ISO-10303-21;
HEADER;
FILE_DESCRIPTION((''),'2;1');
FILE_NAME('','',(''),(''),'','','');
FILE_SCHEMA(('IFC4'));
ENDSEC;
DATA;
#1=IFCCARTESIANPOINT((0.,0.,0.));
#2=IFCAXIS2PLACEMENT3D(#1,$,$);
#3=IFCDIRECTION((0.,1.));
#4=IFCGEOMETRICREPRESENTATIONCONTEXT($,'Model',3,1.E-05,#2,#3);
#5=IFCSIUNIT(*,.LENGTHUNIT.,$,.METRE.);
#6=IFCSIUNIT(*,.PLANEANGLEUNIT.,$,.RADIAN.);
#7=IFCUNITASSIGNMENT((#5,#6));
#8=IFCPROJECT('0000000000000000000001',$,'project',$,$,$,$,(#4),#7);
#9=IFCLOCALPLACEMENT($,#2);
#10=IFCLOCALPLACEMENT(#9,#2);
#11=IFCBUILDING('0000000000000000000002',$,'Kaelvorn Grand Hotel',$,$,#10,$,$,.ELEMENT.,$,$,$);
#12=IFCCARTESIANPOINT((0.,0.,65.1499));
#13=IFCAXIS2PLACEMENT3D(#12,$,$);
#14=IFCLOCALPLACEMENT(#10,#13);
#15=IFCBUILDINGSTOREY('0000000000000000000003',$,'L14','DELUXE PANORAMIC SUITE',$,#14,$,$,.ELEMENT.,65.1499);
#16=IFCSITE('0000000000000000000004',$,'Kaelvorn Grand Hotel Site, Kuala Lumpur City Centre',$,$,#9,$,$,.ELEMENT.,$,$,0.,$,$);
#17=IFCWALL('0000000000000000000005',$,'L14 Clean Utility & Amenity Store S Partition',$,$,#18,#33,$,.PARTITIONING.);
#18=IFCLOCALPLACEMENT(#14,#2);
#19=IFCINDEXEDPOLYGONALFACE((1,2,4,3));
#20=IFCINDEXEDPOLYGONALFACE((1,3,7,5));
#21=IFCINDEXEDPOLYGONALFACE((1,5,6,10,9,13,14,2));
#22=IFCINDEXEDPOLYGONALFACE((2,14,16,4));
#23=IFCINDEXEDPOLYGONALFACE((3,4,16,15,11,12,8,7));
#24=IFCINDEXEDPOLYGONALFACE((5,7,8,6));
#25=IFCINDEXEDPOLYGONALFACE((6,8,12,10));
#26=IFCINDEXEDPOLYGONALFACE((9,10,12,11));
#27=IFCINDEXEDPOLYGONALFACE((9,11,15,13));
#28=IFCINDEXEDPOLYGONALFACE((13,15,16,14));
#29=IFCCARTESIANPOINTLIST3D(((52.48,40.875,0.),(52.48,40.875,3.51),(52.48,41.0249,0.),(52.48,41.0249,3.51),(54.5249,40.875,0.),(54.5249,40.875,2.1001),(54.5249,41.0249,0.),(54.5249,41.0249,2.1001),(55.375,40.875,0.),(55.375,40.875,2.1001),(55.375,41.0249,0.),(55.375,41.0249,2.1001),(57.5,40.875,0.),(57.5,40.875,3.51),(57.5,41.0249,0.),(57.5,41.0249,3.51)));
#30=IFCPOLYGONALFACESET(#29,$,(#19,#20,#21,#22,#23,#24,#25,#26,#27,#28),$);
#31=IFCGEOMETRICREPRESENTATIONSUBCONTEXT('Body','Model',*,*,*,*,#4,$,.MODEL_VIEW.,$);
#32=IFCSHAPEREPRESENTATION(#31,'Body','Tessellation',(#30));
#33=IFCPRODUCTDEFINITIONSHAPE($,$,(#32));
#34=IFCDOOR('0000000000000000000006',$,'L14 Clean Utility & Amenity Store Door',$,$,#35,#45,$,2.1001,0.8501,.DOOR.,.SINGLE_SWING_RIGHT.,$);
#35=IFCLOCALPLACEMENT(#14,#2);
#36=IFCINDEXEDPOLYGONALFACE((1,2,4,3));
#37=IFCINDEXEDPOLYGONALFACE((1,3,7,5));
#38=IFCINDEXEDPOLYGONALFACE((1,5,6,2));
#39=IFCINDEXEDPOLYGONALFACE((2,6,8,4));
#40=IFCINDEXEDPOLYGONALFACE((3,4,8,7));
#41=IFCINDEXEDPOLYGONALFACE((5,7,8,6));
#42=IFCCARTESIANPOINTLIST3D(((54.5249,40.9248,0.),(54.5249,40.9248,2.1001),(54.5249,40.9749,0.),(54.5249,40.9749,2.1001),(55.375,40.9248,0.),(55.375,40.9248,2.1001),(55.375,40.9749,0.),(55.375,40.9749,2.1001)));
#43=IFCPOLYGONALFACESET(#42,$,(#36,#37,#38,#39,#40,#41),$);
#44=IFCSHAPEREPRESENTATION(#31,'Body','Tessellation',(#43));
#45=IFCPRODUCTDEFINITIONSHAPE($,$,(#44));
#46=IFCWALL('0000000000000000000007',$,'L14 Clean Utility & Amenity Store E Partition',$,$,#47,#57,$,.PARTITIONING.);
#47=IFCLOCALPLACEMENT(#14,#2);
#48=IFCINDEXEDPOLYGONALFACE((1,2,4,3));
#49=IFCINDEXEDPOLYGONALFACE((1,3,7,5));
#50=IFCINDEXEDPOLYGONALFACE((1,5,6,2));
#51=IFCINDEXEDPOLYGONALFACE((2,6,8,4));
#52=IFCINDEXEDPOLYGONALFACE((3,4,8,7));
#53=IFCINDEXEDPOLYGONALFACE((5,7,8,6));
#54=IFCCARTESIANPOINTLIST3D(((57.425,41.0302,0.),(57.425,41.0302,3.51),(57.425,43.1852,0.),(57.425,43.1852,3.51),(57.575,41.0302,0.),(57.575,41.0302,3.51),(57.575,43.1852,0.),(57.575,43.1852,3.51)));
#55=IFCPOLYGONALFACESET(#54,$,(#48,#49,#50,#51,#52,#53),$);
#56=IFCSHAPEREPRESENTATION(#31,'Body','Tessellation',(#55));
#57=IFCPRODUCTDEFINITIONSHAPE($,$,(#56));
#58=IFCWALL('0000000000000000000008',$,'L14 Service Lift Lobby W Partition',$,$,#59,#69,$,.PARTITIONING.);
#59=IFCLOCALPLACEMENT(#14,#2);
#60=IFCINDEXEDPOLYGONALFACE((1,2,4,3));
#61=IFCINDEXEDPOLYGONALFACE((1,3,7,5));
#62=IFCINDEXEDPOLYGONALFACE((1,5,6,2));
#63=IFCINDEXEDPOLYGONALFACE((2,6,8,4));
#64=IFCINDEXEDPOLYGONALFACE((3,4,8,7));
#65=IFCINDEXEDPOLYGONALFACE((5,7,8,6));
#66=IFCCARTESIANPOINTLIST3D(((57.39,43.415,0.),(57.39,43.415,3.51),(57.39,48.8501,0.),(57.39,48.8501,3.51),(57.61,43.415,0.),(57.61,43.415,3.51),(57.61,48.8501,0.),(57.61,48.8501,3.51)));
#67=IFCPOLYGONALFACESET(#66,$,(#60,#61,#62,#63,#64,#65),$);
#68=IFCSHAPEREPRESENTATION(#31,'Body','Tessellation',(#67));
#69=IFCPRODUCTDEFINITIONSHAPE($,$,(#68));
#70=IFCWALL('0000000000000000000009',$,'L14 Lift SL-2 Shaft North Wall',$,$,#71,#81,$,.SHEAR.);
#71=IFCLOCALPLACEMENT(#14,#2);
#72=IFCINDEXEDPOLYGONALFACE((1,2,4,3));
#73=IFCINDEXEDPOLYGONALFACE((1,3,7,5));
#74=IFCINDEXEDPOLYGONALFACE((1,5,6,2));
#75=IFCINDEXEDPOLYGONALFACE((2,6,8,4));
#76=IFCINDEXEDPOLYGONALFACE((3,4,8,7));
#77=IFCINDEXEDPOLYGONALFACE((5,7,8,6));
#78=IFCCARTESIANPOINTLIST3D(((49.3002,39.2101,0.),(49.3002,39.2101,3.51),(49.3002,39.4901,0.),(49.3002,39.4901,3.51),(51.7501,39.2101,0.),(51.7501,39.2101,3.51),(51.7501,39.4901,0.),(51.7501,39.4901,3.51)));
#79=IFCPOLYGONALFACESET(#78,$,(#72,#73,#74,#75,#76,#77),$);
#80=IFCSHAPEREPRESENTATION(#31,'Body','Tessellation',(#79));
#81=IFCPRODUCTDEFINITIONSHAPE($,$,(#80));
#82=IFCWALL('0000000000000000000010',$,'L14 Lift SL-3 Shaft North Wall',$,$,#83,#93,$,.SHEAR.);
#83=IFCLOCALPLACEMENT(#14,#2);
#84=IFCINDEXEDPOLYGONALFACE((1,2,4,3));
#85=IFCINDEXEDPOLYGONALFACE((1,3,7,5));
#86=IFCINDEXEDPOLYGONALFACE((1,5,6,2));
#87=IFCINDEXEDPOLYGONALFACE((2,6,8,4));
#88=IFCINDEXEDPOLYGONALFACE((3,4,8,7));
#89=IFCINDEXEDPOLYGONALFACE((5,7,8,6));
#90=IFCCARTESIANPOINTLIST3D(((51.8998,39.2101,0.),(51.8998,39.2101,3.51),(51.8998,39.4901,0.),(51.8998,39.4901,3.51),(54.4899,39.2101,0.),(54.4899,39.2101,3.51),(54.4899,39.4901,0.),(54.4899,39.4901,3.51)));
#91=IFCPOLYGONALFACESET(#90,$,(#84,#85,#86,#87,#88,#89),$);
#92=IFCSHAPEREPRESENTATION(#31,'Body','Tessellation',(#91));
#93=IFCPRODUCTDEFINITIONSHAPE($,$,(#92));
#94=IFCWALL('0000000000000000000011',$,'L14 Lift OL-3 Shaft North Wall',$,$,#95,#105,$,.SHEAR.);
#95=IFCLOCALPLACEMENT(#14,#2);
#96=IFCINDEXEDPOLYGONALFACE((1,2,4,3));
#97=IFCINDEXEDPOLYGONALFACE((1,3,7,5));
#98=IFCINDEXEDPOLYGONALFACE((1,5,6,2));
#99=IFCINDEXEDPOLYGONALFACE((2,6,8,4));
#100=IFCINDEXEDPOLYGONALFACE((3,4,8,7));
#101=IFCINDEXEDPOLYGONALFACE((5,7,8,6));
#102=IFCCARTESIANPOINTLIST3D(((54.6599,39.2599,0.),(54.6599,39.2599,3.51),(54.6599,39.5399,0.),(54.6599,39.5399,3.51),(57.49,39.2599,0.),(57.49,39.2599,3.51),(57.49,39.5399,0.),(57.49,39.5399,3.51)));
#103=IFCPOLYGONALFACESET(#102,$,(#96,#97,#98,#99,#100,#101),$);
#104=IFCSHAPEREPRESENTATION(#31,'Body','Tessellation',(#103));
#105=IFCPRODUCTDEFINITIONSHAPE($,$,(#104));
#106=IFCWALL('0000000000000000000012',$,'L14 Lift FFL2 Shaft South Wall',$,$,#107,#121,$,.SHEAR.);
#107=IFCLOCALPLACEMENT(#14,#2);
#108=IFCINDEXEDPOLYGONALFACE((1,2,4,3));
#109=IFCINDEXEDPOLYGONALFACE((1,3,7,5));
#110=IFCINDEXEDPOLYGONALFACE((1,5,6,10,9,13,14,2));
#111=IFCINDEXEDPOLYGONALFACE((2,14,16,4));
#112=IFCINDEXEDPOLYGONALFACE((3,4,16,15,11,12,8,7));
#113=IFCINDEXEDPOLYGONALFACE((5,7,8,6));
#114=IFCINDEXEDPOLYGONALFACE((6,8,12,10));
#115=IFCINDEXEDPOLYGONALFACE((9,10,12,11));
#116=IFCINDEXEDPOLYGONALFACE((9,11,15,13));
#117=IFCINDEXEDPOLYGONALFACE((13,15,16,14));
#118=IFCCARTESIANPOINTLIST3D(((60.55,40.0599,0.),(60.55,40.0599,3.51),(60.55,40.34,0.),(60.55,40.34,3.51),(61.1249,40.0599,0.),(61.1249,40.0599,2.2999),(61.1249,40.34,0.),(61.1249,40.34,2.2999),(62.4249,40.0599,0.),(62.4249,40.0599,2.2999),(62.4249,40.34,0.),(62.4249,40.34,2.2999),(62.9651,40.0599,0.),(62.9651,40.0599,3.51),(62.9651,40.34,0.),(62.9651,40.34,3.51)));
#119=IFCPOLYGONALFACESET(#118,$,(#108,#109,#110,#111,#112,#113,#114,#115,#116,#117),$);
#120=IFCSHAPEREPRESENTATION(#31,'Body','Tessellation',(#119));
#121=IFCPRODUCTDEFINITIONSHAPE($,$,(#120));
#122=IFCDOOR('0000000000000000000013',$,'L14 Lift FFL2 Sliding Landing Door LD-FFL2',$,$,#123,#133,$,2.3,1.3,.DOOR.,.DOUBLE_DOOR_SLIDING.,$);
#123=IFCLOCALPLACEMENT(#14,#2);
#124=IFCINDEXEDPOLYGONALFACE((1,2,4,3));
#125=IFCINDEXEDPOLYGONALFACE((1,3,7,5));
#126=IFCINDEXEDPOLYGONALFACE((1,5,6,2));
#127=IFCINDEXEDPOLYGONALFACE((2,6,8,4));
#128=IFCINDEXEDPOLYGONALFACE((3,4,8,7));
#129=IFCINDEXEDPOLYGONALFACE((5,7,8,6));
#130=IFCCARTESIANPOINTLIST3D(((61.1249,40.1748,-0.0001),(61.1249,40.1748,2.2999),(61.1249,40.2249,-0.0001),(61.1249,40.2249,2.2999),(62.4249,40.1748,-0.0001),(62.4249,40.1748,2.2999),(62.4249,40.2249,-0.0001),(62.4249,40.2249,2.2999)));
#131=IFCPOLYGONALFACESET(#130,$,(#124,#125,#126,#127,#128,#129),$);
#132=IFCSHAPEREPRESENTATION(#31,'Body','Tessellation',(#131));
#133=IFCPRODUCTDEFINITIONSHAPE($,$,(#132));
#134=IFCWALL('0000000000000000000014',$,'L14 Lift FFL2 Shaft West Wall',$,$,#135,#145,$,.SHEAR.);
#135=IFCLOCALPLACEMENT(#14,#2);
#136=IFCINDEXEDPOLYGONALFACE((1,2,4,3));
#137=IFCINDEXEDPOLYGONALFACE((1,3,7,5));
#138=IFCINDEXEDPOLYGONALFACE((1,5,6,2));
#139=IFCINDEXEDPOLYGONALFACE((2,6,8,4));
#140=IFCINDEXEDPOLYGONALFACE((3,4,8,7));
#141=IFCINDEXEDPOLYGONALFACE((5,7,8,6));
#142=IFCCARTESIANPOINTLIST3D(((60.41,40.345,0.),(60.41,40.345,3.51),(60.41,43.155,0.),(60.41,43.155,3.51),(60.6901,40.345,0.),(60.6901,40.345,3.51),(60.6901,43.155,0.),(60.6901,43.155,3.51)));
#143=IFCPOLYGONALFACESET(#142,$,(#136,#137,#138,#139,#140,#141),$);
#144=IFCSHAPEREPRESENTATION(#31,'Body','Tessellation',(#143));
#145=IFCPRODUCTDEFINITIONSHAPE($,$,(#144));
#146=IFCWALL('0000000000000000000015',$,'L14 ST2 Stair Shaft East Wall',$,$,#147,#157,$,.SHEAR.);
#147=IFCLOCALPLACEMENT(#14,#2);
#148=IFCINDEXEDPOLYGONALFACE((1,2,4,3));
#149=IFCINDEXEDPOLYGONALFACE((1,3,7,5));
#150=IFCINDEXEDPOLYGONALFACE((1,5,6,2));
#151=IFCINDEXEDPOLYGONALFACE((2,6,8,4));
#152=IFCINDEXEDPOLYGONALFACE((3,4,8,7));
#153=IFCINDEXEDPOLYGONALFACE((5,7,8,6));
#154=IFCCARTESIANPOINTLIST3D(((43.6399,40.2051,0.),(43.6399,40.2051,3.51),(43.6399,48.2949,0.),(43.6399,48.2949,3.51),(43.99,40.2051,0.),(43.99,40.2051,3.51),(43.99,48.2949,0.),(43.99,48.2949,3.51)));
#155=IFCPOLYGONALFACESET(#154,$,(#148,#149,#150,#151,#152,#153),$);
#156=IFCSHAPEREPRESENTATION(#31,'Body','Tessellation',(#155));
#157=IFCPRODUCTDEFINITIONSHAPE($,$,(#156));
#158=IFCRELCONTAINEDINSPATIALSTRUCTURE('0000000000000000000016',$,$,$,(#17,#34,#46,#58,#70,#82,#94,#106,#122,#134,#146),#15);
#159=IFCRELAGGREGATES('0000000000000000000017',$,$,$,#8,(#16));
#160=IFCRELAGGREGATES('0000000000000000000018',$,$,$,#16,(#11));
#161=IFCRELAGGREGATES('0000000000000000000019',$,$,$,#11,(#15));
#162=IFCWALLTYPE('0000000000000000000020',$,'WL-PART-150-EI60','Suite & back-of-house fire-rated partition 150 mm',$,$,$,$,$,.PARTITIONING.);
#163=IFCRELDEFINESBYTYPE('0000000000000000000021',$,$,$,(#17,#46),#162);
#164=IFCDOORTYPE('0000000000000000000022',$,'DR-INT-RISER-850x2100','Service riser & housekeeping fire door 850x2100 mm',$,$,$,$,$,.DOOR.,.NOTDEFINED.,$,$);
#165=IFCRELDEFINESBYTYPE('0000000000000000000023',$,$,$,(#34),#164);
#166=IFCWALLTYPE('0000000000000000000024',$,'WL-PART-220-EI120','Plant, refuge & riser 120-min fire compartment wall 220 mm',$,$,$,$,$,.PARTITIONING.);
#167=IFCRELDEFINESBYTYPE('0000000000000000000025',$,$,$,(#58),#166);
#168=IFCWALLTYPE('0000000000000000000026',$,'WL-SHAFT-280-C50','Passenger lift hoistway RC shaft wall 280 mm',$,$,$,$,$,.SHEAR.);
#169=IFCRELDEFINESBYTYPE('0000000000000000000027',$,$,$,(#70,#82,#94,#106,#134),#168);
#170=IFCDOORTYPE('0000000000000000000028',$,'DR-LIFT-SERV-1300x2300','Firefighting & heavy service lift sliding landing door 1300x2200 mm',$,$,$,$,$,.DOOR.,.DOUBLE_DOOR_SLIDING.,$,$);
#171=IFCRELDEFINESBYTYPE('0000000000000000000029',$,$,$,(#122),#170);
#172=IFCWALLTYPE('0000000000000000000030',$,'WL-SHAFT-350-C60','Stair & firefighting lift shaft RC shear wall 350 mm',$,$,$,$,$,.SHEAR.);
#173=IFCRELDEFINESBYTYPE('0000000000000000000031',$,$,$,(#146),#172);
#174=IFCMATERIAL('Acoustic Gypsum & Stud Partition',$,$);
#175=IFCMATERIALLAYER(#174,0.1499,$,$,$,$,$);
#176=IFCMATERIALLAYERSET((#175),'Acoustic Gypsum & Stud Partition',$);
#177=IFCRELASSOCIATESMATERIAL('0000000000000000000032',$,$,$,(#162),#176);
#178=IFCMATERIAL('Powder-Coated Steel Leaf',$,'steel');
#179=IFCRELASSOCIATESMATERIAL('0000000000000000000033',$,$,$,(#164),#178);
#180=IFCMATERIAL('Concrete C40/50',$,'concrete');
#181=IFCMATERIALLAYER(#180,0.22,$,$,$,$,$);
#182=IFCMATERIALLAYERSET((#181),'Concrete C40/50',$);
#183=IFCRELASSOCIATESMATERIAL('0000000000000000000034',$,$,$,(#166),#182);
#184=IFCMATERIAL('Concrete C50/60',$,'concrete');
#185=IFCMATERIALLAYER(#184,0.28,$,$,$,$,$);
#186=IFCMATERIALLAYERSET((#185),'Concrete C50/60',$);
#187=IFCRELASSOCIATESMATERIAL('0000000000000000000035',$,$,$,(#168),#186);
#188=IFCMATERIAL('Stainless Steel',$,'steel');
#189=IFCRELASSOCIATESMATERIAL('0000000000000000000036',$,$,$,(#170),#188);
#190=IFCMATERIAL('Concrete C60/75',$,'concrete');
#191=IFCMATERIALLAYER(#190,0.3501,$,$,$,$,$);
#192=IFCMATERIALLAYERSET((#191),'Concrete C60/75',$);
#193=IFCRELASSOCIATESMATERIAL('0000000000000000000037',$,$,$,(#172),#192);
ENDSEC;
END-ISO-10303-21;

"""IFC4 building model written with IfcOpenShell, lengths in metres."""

from ifc_helpers import new_model, si_unit, direction, frame, frame_2d, origin, place, context, subcontext, project, spatial, rectangle, extrude, material, layer, layer_set, type_object, element, fill, save


model = new_model("IFC4")

# Units and contexts
model_context = context("Model", 3, precision=1e-05, world=origin(), true_north=direction((0.0, 1.0)))
body_context = subcontext(model_context, "Body", "Model", "MODEL_VIEW")
ifc_project = project(units=[si_unit("LENGTHUNIT", "METRE"), si_unit("PLANEANGLEUNIT", "RADIAN")], contexts=[model_context])

# Site, building, storey
site_placement = place(None, origin())
site = spatial("IfcSite", under=ifc_project, at=site_placement, Name="Kaelvorn Grand Hotel Site, Kuala Lumpur City Centre", CompositionType="ELEMENT", RefElevation=0.0)
building_placement = place(site_placement, origin())
building = spatial("IfcBuilding", under=site, at=building_placement, Name="Kaelvorn Grand Hotel", CompositionType="ELEMENT")
storey_placement = place(building_placement, frame((0.0, 0.0, 65.1499)))
storey = spatial("IfcBuildingStorey", under=building, at=storey_placement, Name="L14", Description="DELUXE PANORAMIC SUITE", CompositionType="ELEMENT", Elevation=65.1499)

# Shared definitions
ifc_material_1 = material(Name="Concrete C60/75", Category="concrete")

# Shared definitions
ifc_material_2 = material(Name="Acoustic Gypsum & Stud Partition")
ifc_layer_1 = layer(ifc_material_2, 0.1499)
ifc_layer_set_1 = layer_set([ifc_layer_1], Name="Acoustic Gypsum & Stud Partition")
wall_type_1 = type_object("IfcWallType", Name="WL-PART-150-EI60", Description="Suite & back-of-house fire-rated partition 150 mm", PredefinedType="PARTITIONING", material=ifc_layer_set_1)
ifc_material_3 = material(Name="Powder-Coated Steel Leaf", Category="steel")
door_type_1 = type_object("IfcDoorType", Name="DR-INT-RISER-850x2100", Description="Service riser & housekeeping fire door 850x2100 mm", OperationType="NOTDEFINED", PredefinedType="DOOR", material=ifc_material_3)

# Wall, opening, door
wall_1_placement = place(storey_placement, frame((52.48, 40.95, 0.0), z_axis=(0.0, 0.0, 1.0), x_axis=(1.0, 0.0, 0.0)))
wall_1 = element("IfcWall", 1, at=wall_1_placement, inside=storey, type_object=wall_type_1, Name="L14 Clean Utility & Amenity Store S Partition", PredefinedType="PARTITIONING", context=body_context, shape_type="SweptSolid", body=[
    extrude(rectangle(XDim=5.02, YDim=0.1499, at=frame_2d((2.51, 0.0))), origin(), (0.0, 0.0, 1.0), 3.51),
])
opening_1_placement = place(wall_1_placement, frame((2.0449, 0.0, 0.0)))
opening_1 = element("IfcOpeningElement", 2, at=opening_1_placement, cuts=wall_1, PredefinedType="OPENING", context=body_context, shape_type="SweptSolid", body=[
    extrude(rectangle(XDim=0.8501, YDim=2.1001, at=frame_2d((0.425, 1.05))), frame((0.0, 0.085, 0.0), z_axis=(0.0, -1.0, 0.0), x_axis=(1.0, 0.0, 0.0)), (0.0, 0.0, 1.0), 0.1699),
])
door_1_placement = place(opening_1_placement, origin())
door_1 = element("IfcDoor", 3, at=door_1_placement, inside=storey, type_object=door_type_1, Name="L14 Clean Utility & Amenity Store Door", OperationType="SINGLE_SWING_RIGHT", OverallHeight=2.1001, OverallWidth=0.8501, PredefinedType="DOOR", context=body_context, shape_type="SweptSolid", body=[
    extrude(rectangle(XDim=0.8501, YDim=2.1001, at=frame_2d((0.425, 1.05))), frame((0.0, 0.0249, 0.0), z_axis=(0.0, -1.0, 0.0), x_axis=(1.0, 0.0, 0.0)), (0.0, 0.0, 1.0), 0.05),
])
fill(opening_1, door_1)

# Wall
wall_2_placement = place(storey_placement, frame((57.5, 41.03, 0.0), z_axis=(0.0, 0.0, 1.0), x_axis=(0.0, 1.0, 0.0)))
element("IfcWall", 4, at=wall_2_placement, inside=storey, type_object=wall_type_1, Name="L14 Clean Utility & Amenity Store E Partition", PredefinedType="PARTITIONING", context=body_context, shape_type="SweptSolid", body=[
    extrude(rectangle(XDim=2.155, YDim=0.1499, at=frame_2d((1.0776, 0.0))), origin(), (0.0, 0.0, 1.0), 3.51),
])

# Shared definitions
ifc_material_4 = material(Name="Concrete C40/50", Category="concrete")
ifc_layer_2 = layer(ifc_material_4, 0.22)
ifc_layer_set_2 = layer_set([ifc_layer_2], Name="Concrete C40/50")
wall_type_2 = type_object("IfcWallType", Name="WL-PART-220-EI120", Description="Plant, refuge & riser 120-min fire compartment wall 220 mm", PredefinedType="PARTITIONING", material=ifc_layer_set_2)

# Walls
wall_3_placement = place(storey_placement, frame((57.5, 43.415, 0.0), z_axis=(0.0, 0.0, 1.0), x_axis=(0.0, 1.0, 0.0)))
element("IfcWall", 5, at=wall_3_placement, inside=storey, type_object=wall_type_2, Name="L14 Service Lift Lobby W Partition", PredefinedType="PARTITIONING", context=body_context, shape_type="SweptSolid", body=[
    extrude(rectangle(XDim=5.4351, YDim=0.22, at=frame_2d((2.7175, 0.0))), origin(), (0.0, 0.0, 1.0), 3.51),
])
ifc_material_5 = material(Name="Concrete C50/60", Category="concrete")
ifc_layer_3 = layer(ifc_material_5, 0.28)
ifc_layer_set_3 = layer_set([ifc_layer_3], Name="Concrete C50/60")
wall_type_3 = type_object("IfcWallType", Name="WL-SHAFT-280-C50", Description="Passenger lift hoistway RC shaft wall 280 mm", PredefinedType="SHEAR", material=ifc_layer_set_3)
wall_4_placement = place(storey_placement, frame((49.3, 39.3501, 0.0), z_axis=(0.0, 0.0, 1.0), x_axis=(1.0, 0.0, 0.0)))
element("IfcWall", 6, at=wall_4_placement, inside=storey, type_object=wall_type_3, Name="L14 Lift SL-2 Shaft North Wall", PredefinedType="SHEAR", context=body_context, shape_type="SweptSolid", body=[
    extrude(rectangle(XDim=2.45, YDim=0.28, at=frame_2d((1.2251, 0.0))), origin(), (0.0, 0.0, 1.0), 3.51),
])
wall_5_placement = place(storey_placement, frame((51.8999, 39.3501, 0.0), z_axis=(0.0, 0.0, 1.0), x_axis=(1.0, 0.0, 0.0)))
element("IfcWall", 7, at=wall_5_placement, inside=storey, type_object=wall_type_3, Name="L14 Lift SL-3 Shaft North Wall", PredefinedType="SHEAR", context=body_context, shape_type="SweptSolid", body=[
    extrude(rectangle(XDim=2.5901, YDim=0.28, at=frame_2d((1.2949, 0.0))), origin(), (0.0, 0.0, 1.0), 3.51),
])
wall_6_placement = place(storey_placement, frame((54.6599, 39.3999, 0.0), z_axis=(0.0, 0.0, 1.0), x_axis=(1.0, 0.0, 0.0)))
element("IfcWall", 8, at=wall_6_placement, inside=storey, type_object=wall_type_3, Name="L14 Lift OL-3 Shaft North Wall", PredefinedType="SHEAR", context=body_context, shape_type="SweptSolid", body=[
    extrude(rectangle(XDim=2.8301, YDim=0.28, at=frame_2d((1.415, 0.0))), origin(), (0.0, 0.0, 1.0), 3.51),
])

# Wall, opening, door
wall_7_placement = place(storey_placement, frame((60.55, 40.2, 0.0), z_axis=(0.0, 0.0, 1.0), x_axis=(1.0, 0.0, 0.0)))
wall_7 = element("IfcWall", 9, at=wall_7_placement, inside=storey, type_object=wall_type_3, Name="L14 Lift FFL2 Shaft South Wall", PredefinedType="SHEAR", context=body_context, shape_type="SweptSolid", body=[
    extrude(rectangle(XDim=2.415, YDim=0.28, at=frame_2d((1.2075, 0.0))), origin(), (0.0, 0.0, 1.0), 3.51),
])
opening_2_placement = place(wall_7_placement, frame((0.575, 0.0, 0.0)))
opening_2 = element("IfcOpeningElement", 10, at=opening_2_placement, cuts=wall_7, PredefinedType="OPENING", context=body_context, shape_type="SweptSolid", body=[
    extrude(rectangle(XDim=1.3, YDim=2.3, at=frame_2d((0.6499, 1.1499))), frame((0.0, 0.1499, 0.0), z_axis=(0.0, -1.0, 0.0), x_axis=(1.0, 0.0, 0.0)), (0.0, 0.0, 1.0), 0.3),
])
ifc_material_6 = material(Name="Stainless Steel", Category="steel")
door_type_2 = type_object("IfcDoorType", Name="DR-LIFT-SERV-1300x2300", Description="Firefighting & heavy service lift sliding landing door 1300x2200 mm", OperationType="DOUBLE_DOOR_SLIDING", PredefinedType="DOOR", material=ifc_material_6)
door_2_placement = place(opening_2_placement, origin())
door_2 = element("IfcDoor", 11, at=door_2_placement, inside=storey, type_object=door_type_2, Name="L14 Lift FFL2 Sliding Landing Door LD-FFL2", OperationType="DOUBLE_DOOR_SLIDING", OverallHeight=2.3, OverallWidth=1.3, PredefinedType="DOOR", context=body_context, shape_type="SweptSolid", body=[
    extrude(rectangle(XDim=1.3, YDim=2.3, at=frame_2d((0.6499, 1.1499))), frame((0.0, 0.0249, 0.0), z_axis=(0.0, -1.0, 0.0), x_axis=(1.0, 0.0, 0.0)), (0.0, 0.0, 1.0), 0.05),
])
fill(opening_2, door_2)

# Walls
wall_8_placement = place(storey_placement, frame((60.55, 40.345, 0.0), z_axis=(0.0, 0.0, 1.0), x_axis=(0.0, 1.0, 0.0)))
element("IfcWall", 12, at=wall_8_placement, inside=storey, type_object=wall_type_3, Name="L14 Lift FFL2 Shaft West Wall", PredefinedType="SHEAR", context=body_context, shape_type="SweptSolid", body=[
    extrude(rectangle(XDim=2.8101, YDim=0.28, at=frame_2d((1.405, 0.0))), origin(), (0.0, 0.0, 1.0), 3.51),
])
ifc_layer_4 = layer(ifc_material_1, 0.3501)
ifc_layer_set_4 = layer_set([ifc_layer_4], Name="Concrete C60/75")
wall_type_4 = type_object("IfcWallType", Name="WL-SHAFT-350-C60", Description="Stair & firefighting lift shaft RC shear wall 350 mm", PredefinedType="SHEAR", material=ifc_layer_set_4)
wall_9_placement = place(storey_placement, frame((43.8149, 40.2051, 0.0), z_axis=(0.0, 0.0, 1.0), x_axis=(0.0, 1.0, 0.0)))
element("IfcWall", 13, at=wall_9_placement, inside=storey, type_object=wall_type_4, Name="L14 ST2 Stair Shaft East Wall", PredefinedType="SHEAR", context=body_context, shape_type="SweptSolid", body=[
    extrude(rectangle(XDim=8.0898, YDim=0.3501, at=frame_2d((4.0449, 0.0))), origin(), (0.0, 0.0, 1.0), 3.51),
])

save(model, "model.ifc")
